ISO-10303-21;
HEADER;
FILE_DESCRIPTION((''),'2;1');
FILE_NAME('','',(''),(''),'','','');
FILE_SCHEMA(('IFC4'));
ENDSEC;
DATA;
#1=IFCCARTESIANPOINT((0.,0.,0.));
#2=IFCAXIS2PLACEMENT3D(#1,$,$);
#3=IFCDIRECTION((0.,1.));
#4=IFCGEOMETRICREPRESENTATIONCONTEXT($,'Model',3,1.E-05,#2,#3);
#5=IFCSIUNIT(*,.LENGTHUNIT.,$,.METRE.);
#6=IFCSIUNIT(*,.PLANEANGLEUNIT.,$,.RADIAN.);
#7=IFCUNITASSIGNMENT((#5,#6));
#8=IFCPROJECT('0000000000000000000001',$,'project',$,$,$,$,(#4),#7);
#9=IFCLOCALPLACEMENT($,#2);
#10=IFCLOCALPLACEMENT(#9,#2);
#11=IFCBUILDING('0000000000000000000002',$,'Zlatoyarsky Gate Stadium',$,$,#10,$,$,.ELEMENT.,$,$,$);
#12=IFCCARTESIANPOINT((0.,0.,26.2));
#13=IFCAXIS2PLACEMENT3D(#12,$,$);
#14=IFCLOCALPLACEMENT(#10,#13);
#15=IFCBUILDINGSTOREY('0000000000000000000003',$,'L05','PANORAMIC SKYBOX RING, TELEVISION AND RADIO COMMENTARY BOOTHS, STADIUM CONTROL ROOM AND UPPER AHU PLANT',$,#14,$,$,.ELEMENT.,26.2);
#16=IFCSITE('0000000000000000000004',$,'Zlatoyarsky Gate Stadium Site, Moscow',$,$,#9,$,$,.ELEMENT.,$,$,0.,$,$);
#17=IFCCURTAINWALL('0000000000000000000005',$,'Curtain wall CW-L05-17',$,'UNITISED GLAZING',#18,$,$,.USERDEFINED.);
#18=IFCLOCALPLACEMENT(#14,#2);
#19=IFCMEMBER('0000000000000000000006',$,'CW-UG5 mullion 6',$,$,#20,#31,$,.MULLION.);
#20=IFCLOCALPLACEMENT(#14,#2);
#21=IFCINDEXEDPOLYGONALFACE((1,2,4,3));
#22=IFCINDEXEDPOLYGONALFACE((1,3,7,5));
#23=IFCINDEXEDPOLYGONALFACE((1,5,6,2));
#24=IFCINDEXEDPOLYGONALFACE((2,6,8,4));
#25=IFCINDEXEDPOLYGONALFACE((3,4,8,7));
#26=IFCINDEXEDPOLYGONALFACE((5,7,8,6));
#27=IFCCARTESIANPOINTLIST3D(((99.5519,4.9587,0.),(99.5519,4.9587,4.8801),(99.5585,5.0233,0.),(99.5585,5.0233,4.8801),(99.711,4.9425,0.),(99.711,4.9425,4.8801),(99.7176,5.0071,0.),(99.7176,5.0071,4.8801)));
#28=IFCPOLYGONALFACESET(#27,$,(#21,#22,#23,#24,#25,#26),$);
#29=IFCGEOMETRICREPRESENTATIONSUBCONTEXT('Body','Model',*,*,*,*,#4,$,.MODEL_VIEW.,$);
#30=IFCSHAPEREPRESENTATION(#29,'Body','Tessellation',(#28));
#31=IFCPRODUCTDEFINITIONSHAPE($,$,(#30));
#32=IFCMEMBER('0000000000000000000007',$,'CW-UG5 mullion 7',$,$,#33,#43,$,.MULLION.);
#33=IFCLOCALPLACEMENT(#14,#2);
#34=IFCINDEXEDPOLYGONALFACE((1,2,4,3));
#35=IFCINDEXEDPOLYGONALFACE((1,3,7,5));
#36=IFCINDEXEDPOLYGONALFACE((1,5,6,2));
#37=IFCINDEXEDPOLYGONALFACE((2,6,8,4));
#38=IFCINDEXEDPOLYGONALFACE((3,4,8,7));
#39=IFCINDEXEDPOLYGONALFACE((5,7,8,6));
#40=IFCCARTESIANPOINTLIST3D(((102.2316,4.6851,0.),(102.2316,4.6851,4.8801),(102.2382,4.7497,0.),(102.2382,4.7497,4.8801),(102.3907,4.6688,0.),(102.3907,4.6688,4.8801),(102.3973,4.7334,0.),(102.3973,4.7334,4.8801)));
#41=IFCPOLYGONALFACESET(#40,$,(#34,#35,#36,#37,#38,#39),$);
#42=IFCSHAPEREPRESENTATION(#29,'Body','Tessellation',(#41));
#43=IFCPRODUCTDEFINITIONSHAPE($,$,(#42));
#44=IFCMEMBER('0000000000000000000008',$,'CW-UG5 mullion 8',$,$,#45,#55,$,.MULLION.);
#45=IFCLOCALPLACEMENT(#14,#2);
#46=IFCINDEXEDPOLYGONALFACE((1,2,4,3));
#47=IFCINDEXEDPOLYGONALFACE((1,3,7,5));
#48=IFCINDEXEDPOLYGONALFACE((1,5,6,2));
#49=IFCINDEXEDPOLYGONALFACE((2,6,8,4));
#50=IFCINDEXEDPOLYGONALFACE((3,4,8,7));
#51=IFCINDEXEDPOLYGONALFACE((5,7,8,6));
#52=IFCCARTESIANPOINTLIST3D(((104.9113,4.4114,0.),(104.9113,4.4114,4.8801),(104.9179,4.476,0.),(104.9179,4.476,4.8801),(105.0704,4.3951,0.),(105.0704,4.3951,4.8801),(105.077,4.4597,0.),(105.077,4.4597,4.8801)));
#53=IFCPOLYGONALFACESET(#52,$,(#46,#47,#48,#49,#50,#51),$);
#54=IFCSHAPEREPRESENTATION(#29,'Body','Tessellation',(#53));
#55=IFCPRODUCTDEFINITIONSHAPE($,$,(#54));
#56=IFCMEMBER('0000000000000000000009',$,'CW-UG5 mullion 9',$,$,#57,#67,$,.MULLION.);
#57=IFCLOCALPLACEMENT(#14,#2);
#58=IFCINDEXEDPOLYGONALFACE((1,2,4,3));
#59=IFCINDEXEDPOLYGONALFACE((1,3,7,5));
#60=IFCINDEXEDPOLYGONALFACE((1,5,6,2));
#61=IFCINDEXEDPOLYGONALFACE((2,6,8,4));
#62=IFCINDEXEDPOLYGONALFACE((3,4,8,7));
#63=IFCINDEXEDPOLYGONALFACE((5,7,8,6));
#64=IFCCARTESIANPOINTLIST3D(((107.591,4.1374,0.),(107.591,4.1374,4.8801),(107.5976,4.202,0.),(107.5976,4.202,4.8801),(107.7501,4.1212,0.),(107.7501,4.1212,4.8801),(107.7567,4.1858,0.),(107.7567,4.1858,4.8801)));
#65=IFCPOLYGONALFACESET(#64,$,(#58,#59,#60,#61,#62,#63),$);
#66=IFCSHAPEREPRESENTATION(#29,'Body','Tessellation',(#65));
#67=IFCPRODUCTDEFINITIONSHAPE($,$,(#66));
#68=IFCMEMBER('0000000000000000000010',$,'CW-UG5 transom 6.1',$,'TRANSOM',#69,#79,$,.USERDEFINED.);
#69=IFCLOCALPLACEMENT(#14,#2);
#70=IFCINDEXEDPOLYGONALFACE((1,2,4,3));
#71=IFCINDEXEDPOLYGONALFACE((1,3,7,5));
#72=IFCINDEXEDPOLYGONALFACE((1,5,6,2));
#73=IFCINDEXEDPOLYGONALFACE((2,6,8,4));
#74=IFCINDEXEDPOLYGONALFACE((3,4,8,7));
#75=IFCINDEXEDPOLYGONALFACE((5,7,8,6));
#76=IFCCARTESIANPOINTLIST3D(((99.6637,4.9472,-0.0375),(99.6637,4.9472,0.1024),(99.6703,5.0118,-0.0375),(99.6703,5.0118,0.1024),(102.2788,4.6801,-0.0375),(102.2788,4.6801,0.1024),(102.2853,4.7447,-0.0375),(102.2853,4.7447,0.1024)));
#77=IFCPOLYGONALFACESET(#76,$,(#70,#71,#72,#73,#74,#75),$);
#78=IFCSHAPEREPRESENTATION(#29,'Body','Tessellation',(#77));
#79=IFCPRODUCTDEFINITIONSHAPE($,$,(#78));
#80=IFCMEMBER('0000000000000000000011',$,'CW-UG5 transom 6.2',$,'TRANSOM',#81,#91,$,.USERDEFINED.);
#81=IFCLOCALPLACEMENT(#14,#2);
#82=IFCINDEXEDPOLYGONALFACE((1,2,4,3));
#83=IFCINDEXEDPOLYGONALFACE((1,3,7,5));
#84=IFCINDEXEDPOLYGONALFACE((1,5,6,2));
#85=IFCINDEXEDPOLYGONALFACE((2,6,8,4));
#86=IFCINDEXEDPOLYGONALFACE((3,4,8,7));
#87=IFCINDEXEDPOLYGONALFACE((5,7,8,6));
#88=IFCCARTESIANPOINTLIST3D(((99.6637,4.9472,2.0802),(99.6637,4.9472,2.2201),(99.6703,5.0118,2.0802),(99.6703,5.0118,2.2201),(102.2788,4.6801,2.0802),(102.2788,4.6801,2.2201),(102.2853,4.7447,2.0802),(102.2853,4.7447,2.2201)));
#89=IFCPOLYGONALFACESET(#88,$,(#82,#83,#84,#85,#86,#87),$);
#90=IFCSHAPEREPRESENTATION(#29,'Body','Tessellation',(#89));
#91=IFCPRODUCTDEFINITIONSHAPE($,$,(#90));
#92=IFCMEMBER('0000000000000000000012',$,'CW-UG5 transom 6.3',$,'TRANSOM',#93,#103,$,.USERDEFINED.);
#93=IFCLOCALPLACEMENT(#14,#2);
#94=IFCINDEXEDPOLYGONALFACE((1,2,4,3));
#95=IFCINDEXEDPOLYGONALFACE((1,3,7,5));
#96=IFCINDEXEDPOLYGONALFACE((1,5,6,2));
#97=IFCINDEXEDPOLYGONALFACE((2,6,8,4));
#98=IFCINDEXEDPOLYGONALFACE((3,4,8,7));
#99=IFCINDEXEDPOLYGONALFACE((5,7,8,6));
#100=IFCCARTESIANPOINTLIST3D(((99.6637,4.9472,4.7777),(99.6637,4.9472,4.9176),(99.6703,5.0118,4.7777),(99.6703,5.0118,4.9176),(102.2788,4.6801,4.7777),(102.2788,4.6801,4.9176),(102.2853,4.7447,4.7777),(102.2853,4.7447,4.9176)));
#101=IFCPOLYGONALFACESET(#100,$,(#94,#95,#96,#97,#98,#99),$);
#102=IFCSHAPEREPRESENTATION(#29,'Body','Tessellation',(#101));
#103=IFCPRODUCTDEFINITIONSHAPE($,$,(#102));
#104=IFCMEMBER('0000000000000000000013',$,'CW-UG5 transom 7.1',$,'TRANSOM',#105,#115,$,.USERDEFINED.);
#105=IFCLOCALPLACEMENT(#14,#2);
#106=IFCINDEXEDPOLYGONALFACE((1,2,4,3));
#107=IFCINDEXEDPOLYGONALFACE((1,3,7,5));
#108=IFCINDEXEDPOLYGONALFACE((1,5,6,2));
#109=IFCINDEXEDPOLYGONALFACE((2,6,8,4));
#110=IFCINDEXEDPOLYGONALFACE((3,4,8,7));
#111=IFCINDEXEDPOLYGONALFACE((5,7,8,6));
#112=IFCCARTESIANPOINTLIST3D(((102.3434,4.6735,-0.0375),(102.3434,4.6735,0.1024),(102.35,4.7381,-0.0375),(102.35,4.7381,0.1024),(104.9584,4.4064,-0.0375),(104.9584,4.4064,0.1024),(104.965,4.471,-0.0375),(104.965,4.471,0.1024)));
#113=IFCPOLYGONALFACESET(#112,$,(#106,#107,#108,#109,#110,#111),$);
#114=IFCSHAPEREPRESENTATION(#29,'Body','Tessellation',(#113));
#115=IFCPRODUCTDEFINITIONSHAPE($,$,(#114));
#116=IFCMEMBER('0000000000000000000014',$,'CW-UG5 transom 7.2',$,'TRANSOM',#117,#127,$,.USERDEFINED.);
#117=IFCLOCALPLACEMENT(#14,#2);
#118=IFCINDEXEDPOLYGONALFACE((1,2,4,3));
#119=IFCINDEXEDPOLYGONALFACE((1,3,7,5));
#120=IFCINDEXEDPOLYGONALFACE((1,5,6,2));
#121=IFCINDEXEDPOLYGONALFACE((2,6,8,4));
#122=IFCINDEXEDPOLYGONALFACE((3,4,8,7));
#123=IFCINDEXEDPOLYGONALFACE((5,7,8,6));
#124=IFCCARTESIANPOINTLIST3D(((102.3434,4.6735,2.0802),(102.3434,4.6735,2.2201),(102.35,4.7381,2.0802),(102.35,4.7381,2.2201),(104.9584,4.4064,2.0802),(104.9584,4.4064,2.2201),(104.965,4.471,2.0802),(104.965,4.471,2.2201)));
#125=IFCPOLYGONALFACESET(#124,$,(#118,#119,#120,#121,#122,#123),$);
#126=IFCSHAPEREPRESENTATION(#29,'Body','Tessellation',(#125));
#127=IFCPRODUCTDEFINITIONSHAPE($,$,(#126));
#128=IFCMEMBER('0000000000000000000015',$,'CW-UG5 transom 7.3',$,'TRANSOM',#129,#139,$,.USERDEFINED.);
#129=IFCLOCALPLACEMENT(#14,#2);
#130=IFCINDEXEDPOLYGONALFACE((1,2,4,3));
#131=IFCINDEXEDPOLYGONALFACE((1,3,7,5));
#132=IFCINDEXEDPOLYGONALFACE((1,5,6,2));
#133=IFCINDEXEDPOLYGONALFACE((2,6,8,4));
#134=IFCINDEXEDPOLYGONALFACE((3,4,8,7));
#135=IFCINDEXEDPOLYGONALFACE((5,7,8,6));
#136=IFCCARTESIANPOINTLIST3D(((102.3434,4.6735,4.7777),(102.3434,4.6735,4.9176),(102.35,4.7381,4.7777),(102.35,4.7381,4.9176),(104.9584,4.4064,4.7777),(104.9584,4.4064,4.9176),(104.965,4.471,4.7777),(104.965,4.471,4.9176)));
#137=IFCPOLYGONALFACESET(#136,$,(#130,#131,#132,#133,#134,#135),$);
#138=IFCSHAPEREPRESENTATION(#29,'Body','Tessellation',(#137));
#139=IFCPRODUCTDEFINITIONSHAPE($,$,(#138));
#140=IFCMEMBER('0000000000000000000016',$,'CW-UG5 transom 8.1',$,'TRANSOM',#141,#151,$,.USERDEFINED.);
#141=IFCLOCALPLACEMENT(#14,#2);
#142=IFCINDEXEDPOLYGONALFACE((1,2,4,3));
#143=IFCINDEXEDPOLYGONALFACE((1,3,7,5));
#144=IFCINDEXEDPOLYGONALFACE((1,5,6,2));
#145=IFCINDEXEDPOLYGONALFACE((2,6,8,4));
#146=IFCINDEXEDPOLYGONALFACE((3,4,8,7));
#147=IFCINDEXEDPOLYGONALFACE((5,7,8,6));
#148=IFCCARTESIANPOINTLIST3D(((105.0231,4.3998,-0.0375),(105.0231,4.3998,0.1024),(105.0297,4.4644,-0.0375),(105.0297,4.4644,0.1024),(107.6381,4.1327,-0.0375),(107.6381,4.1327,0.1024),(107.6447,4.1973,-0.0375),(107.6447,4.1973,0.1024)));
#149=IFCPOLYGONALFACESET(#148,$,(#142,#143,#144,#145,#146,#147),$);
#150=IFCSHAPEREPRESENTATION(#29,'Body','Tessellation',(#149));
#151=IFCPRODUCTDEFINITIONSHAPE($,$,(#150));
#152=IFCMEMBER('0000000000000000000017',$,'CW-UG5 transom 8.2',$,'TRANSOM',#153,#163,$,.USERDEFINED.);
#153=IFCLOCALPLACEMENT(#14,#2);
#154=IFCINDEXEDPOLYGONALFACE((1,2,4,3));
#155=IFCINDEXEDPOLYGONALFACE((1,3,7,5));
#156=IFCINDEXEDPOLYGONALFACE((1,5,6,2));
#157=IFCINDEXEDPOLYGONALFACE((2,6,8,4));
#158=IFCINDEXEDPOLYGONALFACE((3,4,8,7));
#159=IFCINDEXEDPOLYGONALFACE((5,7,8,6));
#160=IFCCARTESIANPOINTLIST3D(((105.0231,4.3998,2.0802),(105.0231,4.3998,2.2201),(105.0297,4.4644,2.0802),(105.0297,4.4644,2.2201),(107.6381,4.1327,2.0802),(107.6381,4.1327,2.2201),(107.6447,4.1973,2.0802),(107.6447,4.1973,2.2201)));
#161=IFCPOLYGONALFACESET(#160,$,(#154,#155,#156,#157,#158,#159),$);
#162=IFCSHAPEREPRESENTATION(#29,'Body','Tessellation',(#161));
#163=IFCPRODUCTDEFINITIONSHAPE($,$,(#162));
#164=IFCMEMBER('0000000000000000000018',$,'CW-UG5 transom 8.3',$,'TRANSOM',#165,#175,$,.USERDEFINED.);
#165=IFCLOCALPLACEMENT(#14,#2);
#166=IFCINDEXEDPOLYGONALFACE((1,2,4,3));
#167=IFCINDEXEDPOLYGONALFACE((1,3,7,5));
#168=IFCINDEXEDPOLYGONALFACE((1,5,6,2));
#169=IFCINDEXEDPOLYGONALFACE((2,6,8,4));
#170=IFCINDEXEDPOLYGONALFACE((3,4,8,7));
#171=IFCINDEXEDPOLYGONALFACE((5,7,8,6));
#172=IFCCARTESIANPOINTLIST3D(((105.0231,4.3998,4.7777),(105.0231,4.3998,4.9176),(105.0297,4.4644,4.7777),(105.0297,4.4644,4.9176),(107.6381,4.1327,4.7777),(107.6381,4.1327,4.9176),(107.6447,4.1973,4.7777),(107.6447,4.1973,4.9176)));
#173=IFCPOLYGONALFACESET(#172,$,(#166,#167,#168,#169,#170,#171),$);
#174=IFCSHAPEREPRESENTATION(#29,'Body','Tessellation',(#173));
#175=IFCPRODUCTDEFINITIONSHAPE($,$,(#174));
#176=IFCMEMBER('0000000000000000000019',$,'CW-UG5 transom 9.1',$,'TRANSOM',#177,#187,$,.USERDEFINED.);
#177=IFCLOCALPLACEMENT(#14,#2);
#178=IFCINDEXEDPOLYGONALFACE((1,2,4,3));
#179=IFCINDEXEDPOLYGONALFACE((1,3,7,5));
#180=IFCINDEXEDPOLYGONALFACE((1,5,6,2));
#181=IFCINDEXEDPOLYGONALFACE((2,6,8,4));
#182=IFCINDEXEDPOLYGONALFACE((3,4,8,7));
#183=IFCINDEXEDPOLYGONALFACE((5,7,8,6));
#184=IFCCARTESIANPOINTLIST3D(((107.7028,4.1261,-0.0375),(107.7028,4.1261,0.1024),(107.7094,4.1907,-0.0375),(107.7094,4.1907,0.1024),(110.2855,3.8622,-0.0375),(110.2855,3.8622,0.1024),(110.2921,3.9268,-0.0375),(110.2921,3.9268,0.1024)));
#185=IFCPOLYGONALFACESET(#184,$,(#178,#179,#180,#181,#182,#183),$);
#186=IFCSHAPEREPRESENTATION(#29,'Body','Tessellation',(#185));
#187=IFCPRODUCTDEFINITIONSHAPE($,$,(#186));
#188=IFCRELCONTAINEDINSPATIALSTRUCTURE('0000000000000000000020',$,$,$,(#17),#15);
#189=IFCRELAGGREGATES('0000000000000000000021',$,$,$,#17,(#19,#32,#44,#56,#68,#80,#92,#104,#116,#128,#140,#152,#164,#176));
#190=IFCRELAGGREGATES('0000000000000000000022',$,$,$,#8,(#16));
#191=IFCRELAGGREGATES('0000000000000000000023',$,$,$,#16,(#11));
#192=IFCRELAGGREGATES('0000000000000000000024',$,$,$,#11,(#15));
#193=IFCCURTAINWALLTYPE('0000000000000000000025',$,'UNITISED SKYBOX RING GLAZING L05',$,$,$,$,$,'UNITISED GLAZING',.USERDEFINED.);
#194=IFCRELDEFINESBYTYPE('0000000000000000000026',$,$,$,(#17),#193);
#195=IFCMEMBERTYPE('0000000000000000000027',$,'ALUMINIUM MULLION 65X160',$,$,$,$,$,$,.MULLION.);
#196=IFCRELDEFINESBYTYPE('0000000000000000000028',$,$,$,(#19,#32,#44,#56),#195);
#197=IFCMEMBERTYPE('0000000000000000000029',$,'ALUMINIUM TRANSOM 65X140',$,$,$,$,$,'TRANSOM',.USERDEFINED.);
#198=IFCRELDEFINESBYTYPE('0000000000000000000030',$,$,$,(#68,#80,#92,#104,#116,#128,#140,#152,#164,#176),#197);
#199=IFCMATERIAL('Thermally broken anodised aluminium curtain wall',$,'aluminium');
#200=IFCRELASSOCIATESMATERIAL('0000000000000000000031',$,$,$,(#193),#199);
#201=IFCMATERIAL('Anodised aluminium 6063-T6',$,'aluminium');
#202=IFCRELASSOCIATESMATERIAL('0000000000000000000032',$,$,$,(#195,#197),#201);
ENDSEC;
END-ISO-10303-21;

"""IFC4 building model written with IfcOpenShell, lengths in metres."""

from ifc_helpers import new_model, si_unit, direction, frame, origin, origin_2d, place, context, subcontext, project, spatial, rectangle, extrude, material, material_profile, profile_set, type_object, element, aggregate, save


model = new_model("IFC4")

# Units and contexts
model_context = context("Model", 3, precision=1e-05, world=origin(), true_north=direction((0.0, 1.0)))
body_context = subcontext(model_context, "Body", "Model", "MODEL_VIEW")
ifc_project = project(units=[si_unit("LENGTHUNIT", "METRE"), si_unit("PLANEANGLEUNIT", "RADIAN")], contexts=[model_context])

# Site, building, storey
site_placement = place(None, origin())
site = spatial("IfcSite", under=ifc_project, at=site_placement, Name="Zlatoyarsky Gate Stadium Site, Moscow", CompositionType="ELEMENT", RefElevation=0.0)
building_placement = place(site_placement, origin())
building = spatial("IfcBuilding", under=site, at=building_placement, Name="Zlatoyarsky Gate Stadium", CompositionType="ELEMENT")
storey_placement = place(building_placement, frame((0.0, 0.0, 26.2)))
storey = spatial("IfcBuildingStorey", under=building, at=storey_placement, Name="L05", Description="PANORAMIC SKYBOX RING, TELEVISION AND RADIO COMMENTARY BOOTHS, STADIUM CONTROL ROOM AND UPPER AHU PLANT", CompositionType="ELEMENT", Elevation=26.2)

# Curtain wall, members
ifc_material_1 = material(Name="Thermally broken anodised aluminium curtain wall", Category="aluminium")
curtain_wall_type = type_object("IfcCurtainWallType", Name="UNITISED SKYBOX RING GLAZING L05", ElementType="UNITISED GLAZING", PredefinedType="USERDEFINED", material=ifc_material_1)
curtain_wall_placement = place(storey_placement, origin())
curtain_wall = element("IfcCurtainWall", 1, at=curtain_wall_placement, inside=storey, type_object=curtain_wall_type, Name="Curtain wall CW-L05-17", ObjectType="UNITISED GLAZING", PredefinedType="USERDEFINED")
ifc_material_2 = material(Name="Anodised aluminium 6063-T6", Category="aluminium")
ifc_material_profile_1 = material_profile(ifc_material_2, rectangle(XDim=0.0649, YDim=0.1599, at=origin_2d()), Name="ALU 65X160")
ifc_profile_set_1 = profile_set([ifc_material_profile_1], Name="Anodised aluminium 6063-T6")
member_type_1 = type_object("IfcMemberType", Name="ALUMINIUM MULLION 65X160", PredefinedType="MULLION", material=ifc_profile_set_1)
member_1_placement = place(storey_placement, frame((99.6348, 4.9829, 0.0), z_axis=(0.0, 0.0, 1.0), x_axis=(0.101618, 0.994823, 0.0)))
member_1 = element("IfcMember", 2, at=member_1_placement, type_object=member_type_1, Name="CW-UG5 mullion 6", PredefinedType="MULLION", context=body_context, shape_type="SweptSolid", body=[
    extrude(rectangle(XDim=0.0649, YDim=0.1599, at=origin_2d()), origin(), (0.0, 0.0, 1.0), 4.8801),
])
member_2_placement = place(storey_placement, frame((102.3145, 4.7092, 0.0), z_axis=(0.0, 0.0, 1.0), x_axis=(0.101618, 0.994823, 0.0)))
member_2 = element("IfcMember", 3, at=member_2_placement, type_object=member_type_1, Name="CW-UG5 mullion 7", PredefinedType="MULLION", context=body_context, shape_type="SweptSolid", body=[
    extrude(rectangle(XDim=0.0649, YDim=0.1599, at=origin_2d()), origin(), (0.0, 0.0, 1.0), 4.8801),
])
member_3_placement = place(storey_placement, frame((104.9941, 4.4355, 0.0), z_axis=(0.0, 0.0, 1.0), x_axis=(0.101618, 0.994823, 0.0)))
member_3 = element("IfcMember", 4, at=member_3_placement, type_object=member_type_1, Name="CW-UG5 mullion 8", PredefinedType="MULLION", context=body_context, shape_type="SweptSolid", body=[
    extrude(rectangle(XDim=0.0649, YDim=0.1599, at=origin_2d()), origin(), (0.0, 0.0, 1.0), 4.8801),
])
member_4_placement = place(storey_placement, frame((107.6738, 4.1616, 0.0), z_axis=(0.0, 0.0, 1.0), x_axis=(0.101618, 0.994823, 0.0)))
member_4 = element("IfcMember", 5, at=member_4_placement, type_object=member_type_1, Name="CW-UG5 mullion 9", PredefinedType="MULLION", context=body_context, shape_type="SweptSolid", body=[
    extrude(rectangle(XDim=0.0649, YDim=0.1599, at=origin_2d()), origin(), (0.0, 0.0, 1.0), 4.8801),
])
ifc_material_profile_2 = material_profile(ifc_material_2, rectangle(XDim=0.0649, YDim=0.1399, at=origin_2d()), Name="ALU 65X140")
ifc_profile_set_2 = profile_set([ifc_material_profile_2], Name="Anodised aluminium 6063-T6")
member_type_2 = type_object("IfcMemberType", Name="ALUMINIUM TRANSOM 65X140", ElementType="TRANSOM", PredefinedType="USERDEFINED", material=ifc_profile_set_2)
member_5_placement = place(storey_placement, frame((99.667, 4.9795, 0.0325), z_axis=(0.994824, -0.101609, 0.0), x_axis=(0.101609, 0.994824, 0.0)))
member_5 = element("IfcMember", 6, at=member_5_placement, type_object=member_type_2, Name="CW-UG5 transom 6.1", ObjectType="TRANSOM", PredefinedType="USERDEFINED", context=body_context, shape_type="SweptSolid", body=[
    extrude(rectangle(XDim=0.0649, YDim=0.1399, at=origin_2d()), origin(), (0.0, 0.0, 1.0), 2.6287),
])
member_6_placement = place(storey_placement, frame((99.667, 4.9795, 2.1501), z_axis=(0.994824, -0.101609, 0.0), x_axis=(0.101609, 0.994824, 0.0)))
member_6 = element("IfcMember", 7, at=member_6_placement, type_object=member_type_2, Name="CW-UG5 transom 6.2", ObjectType="TRANSOM", PredefinedType="USERDEFINED", context=body_context, shape_type="SweptSolid", body=[
    extrude(rectangle(XDim=0.0649, YDim=0.1399, at=origin_2d()), origin(), (0.0, 0.0, 1.0), 2.6287),
])
member_7_placement = place(storey_placement, frame((99.667, 4.9795, 4.8477), z_axis=(0.994824, -0.101609, 0.0), x_axis=(0.101609, 0.994824, 0.0)))
member_7 = element("IfcMember", 8, at=member_7_placement, type_object=member_type_2, Name="CW-UG5 transom 6.3", ObjectType="TRANSOM", PredefinedType="USERDEFINED", context=body_context, shape_type="SweptSolid", body=[
    extrude(rectangle(XDim=0.0649, YDim=0.1399, at=origin_2d()), origin(), (0.0, 0.0, 1.0), 2.6287),
])
member_8_placement = place(storey_placement, frame((102.3467, 4.7058, 0.0325), z_axis=(0.994824, -0.101609, 0.0), x_axis=(0.101609, 0.994824, 0.0)))
member_8 = element("IfcMember", 9, at=member_8_placement, type_object=member_type_2, Name="CW-UG5 transom 7.1", ObjectType="TRANSOM", PredefinedType="USERDEFINED", context=body_context, shape_type="SweptSolid", body=[
    extrude(rectangle(XDim=0.0649, YDim=0.1399, at=origin_2d()), origin(), (0.0, 0.0, 1.0), 2.6287),
])
member_9_placement = place(storey_placement, frame((102.3467, 4.7058, 2.1501), z_axis=(0.994824, -0.101609, 0.0), x_axis=(0.101609, 0.994824, 0.0)))
member_9 = element("IfcMember", 10, at=member_9_placement, type_object=member_type_2, Name="CW-UG5 transom 7.2", ObjectType="TRANSOM", PredefinedType="USERDEFINED", context=body_context, shape_type="SweptSolid", body=[
    extrude(rectangle(XDim=0.0649, YDim=0.1399, at=origin_2d()), origin(), (0.0, 0.0, 1.0), 2.6287),
])
member_10_placement = place(storey_placement, frame((102.3467, 4.7058, 4.8477), z_axis=(0.994824, -0.101609, 0.0), x_axis=(0.101609, 0.994824, 0.0)))
member_10 = element("IfcMember", 11, at=member_10_placement, type_object=member_type_2, Name="CW-UG5 transom 7.3", ObjectType="TRANSOM", PredefinedType="USERDEFINED", context=body_context, shape_type="SweptSolid", body=[
    extrude(rectangle(XDim=0.0649, YDim=0.1399, at=origin_2d()), origin(), (0.0, 0.0, 1.0), 2.6287),
])
member_11_placement = place(storey_placement, frame((105.0264, 4.4321, 0.0325), z_axis=(0.994824, -0.101609, 0.0), x_axis=(0.101609, 0.994824, 0.0)))
member_11 = element("IfcMember", 12, at=member_11_placement, type_object=member_type_2, Name="CW-UG5 transom 8.1", ObjectType="TRANSOM", PredefinedType="USERDEFINED", context=body_context, shape_type="SweptSolid", body=[
    extrude(rectangle(XDim=0.0649, YDim=0.1399, at=origin_2d()), origin(), (0.0, 0.0, 1.0), 2.6287),
])
member_12_placement = place(storey_placement, frame((105.0264, 4.4321, 2.1501), z_axis=(0.994824, -0.101609, 0.0), x_axis=(0.101609, 0.994824, 0.0)))
member_12 = element("IfcMember", 13, at=member_12_placement, type_object=member_type_2, Name="CW-UG5 transom 8.2", ObjectType="TRANSOM", PredefinedType="USERDEFINED", context=body_context, shape_type="SweptSolid", body=[
    extrude(rectangle(XDim=0.0649, YDim=0.1399, at=origin_2d()), origin(), (0.0, 0.0, 1.0), 2.6287),
])
member_13_placement = place(storey_placement, frame((105.0264, 4.4321, 4.8477), z_axis=(0.994824, -0.101609, 0.0), x_axis=(0.101609, 0.994824, 0.0)))
member_13 = element("IfcMember", 14, at=member_13_placement, type_object=member_type_2, Name="CW-UG5 transom 8.3", ObjectType="TRANSOM", PredefinedType="USERDEFINED", context=body_context, shape_type="SweptSolid", body=[
    extrude(rectangle(XDim=0.0649, YDim=0.1399, at=origin_2d()), origin(), (0.0, 0.0, 1.0), 2.6287),
])
member_14_placement = place(storey_placement, frame((107.7061, 4.1584, 0.0325), z_axis=(0.99482, -0.101654, 0.0), x_axis=(0.101654, 0.99482, 0.0)))
member_14 = element("IfcMember", 15, at=member_14_placement, type_object=member_type_2, Name="CW-UG5 transom 9.1", ObjectType="TRANSOM", PredefinedType="USERDEFINED", context=body_context, shape_type="SweptSolid", body=[
    extrude(rectangle(XDim=0.0649, YDim=0.1399, at=origin_2d()), origin(), (0.0, 0.0, 1.0), 2.5962),
])

aggregate(curtain_wall, [member_1, member_2, member_3, member_4, member_5, member_6, member_7, member_8, member_9, member_10, member_11, member_12, member_13, member_14])

save(model, "model.ifc")
